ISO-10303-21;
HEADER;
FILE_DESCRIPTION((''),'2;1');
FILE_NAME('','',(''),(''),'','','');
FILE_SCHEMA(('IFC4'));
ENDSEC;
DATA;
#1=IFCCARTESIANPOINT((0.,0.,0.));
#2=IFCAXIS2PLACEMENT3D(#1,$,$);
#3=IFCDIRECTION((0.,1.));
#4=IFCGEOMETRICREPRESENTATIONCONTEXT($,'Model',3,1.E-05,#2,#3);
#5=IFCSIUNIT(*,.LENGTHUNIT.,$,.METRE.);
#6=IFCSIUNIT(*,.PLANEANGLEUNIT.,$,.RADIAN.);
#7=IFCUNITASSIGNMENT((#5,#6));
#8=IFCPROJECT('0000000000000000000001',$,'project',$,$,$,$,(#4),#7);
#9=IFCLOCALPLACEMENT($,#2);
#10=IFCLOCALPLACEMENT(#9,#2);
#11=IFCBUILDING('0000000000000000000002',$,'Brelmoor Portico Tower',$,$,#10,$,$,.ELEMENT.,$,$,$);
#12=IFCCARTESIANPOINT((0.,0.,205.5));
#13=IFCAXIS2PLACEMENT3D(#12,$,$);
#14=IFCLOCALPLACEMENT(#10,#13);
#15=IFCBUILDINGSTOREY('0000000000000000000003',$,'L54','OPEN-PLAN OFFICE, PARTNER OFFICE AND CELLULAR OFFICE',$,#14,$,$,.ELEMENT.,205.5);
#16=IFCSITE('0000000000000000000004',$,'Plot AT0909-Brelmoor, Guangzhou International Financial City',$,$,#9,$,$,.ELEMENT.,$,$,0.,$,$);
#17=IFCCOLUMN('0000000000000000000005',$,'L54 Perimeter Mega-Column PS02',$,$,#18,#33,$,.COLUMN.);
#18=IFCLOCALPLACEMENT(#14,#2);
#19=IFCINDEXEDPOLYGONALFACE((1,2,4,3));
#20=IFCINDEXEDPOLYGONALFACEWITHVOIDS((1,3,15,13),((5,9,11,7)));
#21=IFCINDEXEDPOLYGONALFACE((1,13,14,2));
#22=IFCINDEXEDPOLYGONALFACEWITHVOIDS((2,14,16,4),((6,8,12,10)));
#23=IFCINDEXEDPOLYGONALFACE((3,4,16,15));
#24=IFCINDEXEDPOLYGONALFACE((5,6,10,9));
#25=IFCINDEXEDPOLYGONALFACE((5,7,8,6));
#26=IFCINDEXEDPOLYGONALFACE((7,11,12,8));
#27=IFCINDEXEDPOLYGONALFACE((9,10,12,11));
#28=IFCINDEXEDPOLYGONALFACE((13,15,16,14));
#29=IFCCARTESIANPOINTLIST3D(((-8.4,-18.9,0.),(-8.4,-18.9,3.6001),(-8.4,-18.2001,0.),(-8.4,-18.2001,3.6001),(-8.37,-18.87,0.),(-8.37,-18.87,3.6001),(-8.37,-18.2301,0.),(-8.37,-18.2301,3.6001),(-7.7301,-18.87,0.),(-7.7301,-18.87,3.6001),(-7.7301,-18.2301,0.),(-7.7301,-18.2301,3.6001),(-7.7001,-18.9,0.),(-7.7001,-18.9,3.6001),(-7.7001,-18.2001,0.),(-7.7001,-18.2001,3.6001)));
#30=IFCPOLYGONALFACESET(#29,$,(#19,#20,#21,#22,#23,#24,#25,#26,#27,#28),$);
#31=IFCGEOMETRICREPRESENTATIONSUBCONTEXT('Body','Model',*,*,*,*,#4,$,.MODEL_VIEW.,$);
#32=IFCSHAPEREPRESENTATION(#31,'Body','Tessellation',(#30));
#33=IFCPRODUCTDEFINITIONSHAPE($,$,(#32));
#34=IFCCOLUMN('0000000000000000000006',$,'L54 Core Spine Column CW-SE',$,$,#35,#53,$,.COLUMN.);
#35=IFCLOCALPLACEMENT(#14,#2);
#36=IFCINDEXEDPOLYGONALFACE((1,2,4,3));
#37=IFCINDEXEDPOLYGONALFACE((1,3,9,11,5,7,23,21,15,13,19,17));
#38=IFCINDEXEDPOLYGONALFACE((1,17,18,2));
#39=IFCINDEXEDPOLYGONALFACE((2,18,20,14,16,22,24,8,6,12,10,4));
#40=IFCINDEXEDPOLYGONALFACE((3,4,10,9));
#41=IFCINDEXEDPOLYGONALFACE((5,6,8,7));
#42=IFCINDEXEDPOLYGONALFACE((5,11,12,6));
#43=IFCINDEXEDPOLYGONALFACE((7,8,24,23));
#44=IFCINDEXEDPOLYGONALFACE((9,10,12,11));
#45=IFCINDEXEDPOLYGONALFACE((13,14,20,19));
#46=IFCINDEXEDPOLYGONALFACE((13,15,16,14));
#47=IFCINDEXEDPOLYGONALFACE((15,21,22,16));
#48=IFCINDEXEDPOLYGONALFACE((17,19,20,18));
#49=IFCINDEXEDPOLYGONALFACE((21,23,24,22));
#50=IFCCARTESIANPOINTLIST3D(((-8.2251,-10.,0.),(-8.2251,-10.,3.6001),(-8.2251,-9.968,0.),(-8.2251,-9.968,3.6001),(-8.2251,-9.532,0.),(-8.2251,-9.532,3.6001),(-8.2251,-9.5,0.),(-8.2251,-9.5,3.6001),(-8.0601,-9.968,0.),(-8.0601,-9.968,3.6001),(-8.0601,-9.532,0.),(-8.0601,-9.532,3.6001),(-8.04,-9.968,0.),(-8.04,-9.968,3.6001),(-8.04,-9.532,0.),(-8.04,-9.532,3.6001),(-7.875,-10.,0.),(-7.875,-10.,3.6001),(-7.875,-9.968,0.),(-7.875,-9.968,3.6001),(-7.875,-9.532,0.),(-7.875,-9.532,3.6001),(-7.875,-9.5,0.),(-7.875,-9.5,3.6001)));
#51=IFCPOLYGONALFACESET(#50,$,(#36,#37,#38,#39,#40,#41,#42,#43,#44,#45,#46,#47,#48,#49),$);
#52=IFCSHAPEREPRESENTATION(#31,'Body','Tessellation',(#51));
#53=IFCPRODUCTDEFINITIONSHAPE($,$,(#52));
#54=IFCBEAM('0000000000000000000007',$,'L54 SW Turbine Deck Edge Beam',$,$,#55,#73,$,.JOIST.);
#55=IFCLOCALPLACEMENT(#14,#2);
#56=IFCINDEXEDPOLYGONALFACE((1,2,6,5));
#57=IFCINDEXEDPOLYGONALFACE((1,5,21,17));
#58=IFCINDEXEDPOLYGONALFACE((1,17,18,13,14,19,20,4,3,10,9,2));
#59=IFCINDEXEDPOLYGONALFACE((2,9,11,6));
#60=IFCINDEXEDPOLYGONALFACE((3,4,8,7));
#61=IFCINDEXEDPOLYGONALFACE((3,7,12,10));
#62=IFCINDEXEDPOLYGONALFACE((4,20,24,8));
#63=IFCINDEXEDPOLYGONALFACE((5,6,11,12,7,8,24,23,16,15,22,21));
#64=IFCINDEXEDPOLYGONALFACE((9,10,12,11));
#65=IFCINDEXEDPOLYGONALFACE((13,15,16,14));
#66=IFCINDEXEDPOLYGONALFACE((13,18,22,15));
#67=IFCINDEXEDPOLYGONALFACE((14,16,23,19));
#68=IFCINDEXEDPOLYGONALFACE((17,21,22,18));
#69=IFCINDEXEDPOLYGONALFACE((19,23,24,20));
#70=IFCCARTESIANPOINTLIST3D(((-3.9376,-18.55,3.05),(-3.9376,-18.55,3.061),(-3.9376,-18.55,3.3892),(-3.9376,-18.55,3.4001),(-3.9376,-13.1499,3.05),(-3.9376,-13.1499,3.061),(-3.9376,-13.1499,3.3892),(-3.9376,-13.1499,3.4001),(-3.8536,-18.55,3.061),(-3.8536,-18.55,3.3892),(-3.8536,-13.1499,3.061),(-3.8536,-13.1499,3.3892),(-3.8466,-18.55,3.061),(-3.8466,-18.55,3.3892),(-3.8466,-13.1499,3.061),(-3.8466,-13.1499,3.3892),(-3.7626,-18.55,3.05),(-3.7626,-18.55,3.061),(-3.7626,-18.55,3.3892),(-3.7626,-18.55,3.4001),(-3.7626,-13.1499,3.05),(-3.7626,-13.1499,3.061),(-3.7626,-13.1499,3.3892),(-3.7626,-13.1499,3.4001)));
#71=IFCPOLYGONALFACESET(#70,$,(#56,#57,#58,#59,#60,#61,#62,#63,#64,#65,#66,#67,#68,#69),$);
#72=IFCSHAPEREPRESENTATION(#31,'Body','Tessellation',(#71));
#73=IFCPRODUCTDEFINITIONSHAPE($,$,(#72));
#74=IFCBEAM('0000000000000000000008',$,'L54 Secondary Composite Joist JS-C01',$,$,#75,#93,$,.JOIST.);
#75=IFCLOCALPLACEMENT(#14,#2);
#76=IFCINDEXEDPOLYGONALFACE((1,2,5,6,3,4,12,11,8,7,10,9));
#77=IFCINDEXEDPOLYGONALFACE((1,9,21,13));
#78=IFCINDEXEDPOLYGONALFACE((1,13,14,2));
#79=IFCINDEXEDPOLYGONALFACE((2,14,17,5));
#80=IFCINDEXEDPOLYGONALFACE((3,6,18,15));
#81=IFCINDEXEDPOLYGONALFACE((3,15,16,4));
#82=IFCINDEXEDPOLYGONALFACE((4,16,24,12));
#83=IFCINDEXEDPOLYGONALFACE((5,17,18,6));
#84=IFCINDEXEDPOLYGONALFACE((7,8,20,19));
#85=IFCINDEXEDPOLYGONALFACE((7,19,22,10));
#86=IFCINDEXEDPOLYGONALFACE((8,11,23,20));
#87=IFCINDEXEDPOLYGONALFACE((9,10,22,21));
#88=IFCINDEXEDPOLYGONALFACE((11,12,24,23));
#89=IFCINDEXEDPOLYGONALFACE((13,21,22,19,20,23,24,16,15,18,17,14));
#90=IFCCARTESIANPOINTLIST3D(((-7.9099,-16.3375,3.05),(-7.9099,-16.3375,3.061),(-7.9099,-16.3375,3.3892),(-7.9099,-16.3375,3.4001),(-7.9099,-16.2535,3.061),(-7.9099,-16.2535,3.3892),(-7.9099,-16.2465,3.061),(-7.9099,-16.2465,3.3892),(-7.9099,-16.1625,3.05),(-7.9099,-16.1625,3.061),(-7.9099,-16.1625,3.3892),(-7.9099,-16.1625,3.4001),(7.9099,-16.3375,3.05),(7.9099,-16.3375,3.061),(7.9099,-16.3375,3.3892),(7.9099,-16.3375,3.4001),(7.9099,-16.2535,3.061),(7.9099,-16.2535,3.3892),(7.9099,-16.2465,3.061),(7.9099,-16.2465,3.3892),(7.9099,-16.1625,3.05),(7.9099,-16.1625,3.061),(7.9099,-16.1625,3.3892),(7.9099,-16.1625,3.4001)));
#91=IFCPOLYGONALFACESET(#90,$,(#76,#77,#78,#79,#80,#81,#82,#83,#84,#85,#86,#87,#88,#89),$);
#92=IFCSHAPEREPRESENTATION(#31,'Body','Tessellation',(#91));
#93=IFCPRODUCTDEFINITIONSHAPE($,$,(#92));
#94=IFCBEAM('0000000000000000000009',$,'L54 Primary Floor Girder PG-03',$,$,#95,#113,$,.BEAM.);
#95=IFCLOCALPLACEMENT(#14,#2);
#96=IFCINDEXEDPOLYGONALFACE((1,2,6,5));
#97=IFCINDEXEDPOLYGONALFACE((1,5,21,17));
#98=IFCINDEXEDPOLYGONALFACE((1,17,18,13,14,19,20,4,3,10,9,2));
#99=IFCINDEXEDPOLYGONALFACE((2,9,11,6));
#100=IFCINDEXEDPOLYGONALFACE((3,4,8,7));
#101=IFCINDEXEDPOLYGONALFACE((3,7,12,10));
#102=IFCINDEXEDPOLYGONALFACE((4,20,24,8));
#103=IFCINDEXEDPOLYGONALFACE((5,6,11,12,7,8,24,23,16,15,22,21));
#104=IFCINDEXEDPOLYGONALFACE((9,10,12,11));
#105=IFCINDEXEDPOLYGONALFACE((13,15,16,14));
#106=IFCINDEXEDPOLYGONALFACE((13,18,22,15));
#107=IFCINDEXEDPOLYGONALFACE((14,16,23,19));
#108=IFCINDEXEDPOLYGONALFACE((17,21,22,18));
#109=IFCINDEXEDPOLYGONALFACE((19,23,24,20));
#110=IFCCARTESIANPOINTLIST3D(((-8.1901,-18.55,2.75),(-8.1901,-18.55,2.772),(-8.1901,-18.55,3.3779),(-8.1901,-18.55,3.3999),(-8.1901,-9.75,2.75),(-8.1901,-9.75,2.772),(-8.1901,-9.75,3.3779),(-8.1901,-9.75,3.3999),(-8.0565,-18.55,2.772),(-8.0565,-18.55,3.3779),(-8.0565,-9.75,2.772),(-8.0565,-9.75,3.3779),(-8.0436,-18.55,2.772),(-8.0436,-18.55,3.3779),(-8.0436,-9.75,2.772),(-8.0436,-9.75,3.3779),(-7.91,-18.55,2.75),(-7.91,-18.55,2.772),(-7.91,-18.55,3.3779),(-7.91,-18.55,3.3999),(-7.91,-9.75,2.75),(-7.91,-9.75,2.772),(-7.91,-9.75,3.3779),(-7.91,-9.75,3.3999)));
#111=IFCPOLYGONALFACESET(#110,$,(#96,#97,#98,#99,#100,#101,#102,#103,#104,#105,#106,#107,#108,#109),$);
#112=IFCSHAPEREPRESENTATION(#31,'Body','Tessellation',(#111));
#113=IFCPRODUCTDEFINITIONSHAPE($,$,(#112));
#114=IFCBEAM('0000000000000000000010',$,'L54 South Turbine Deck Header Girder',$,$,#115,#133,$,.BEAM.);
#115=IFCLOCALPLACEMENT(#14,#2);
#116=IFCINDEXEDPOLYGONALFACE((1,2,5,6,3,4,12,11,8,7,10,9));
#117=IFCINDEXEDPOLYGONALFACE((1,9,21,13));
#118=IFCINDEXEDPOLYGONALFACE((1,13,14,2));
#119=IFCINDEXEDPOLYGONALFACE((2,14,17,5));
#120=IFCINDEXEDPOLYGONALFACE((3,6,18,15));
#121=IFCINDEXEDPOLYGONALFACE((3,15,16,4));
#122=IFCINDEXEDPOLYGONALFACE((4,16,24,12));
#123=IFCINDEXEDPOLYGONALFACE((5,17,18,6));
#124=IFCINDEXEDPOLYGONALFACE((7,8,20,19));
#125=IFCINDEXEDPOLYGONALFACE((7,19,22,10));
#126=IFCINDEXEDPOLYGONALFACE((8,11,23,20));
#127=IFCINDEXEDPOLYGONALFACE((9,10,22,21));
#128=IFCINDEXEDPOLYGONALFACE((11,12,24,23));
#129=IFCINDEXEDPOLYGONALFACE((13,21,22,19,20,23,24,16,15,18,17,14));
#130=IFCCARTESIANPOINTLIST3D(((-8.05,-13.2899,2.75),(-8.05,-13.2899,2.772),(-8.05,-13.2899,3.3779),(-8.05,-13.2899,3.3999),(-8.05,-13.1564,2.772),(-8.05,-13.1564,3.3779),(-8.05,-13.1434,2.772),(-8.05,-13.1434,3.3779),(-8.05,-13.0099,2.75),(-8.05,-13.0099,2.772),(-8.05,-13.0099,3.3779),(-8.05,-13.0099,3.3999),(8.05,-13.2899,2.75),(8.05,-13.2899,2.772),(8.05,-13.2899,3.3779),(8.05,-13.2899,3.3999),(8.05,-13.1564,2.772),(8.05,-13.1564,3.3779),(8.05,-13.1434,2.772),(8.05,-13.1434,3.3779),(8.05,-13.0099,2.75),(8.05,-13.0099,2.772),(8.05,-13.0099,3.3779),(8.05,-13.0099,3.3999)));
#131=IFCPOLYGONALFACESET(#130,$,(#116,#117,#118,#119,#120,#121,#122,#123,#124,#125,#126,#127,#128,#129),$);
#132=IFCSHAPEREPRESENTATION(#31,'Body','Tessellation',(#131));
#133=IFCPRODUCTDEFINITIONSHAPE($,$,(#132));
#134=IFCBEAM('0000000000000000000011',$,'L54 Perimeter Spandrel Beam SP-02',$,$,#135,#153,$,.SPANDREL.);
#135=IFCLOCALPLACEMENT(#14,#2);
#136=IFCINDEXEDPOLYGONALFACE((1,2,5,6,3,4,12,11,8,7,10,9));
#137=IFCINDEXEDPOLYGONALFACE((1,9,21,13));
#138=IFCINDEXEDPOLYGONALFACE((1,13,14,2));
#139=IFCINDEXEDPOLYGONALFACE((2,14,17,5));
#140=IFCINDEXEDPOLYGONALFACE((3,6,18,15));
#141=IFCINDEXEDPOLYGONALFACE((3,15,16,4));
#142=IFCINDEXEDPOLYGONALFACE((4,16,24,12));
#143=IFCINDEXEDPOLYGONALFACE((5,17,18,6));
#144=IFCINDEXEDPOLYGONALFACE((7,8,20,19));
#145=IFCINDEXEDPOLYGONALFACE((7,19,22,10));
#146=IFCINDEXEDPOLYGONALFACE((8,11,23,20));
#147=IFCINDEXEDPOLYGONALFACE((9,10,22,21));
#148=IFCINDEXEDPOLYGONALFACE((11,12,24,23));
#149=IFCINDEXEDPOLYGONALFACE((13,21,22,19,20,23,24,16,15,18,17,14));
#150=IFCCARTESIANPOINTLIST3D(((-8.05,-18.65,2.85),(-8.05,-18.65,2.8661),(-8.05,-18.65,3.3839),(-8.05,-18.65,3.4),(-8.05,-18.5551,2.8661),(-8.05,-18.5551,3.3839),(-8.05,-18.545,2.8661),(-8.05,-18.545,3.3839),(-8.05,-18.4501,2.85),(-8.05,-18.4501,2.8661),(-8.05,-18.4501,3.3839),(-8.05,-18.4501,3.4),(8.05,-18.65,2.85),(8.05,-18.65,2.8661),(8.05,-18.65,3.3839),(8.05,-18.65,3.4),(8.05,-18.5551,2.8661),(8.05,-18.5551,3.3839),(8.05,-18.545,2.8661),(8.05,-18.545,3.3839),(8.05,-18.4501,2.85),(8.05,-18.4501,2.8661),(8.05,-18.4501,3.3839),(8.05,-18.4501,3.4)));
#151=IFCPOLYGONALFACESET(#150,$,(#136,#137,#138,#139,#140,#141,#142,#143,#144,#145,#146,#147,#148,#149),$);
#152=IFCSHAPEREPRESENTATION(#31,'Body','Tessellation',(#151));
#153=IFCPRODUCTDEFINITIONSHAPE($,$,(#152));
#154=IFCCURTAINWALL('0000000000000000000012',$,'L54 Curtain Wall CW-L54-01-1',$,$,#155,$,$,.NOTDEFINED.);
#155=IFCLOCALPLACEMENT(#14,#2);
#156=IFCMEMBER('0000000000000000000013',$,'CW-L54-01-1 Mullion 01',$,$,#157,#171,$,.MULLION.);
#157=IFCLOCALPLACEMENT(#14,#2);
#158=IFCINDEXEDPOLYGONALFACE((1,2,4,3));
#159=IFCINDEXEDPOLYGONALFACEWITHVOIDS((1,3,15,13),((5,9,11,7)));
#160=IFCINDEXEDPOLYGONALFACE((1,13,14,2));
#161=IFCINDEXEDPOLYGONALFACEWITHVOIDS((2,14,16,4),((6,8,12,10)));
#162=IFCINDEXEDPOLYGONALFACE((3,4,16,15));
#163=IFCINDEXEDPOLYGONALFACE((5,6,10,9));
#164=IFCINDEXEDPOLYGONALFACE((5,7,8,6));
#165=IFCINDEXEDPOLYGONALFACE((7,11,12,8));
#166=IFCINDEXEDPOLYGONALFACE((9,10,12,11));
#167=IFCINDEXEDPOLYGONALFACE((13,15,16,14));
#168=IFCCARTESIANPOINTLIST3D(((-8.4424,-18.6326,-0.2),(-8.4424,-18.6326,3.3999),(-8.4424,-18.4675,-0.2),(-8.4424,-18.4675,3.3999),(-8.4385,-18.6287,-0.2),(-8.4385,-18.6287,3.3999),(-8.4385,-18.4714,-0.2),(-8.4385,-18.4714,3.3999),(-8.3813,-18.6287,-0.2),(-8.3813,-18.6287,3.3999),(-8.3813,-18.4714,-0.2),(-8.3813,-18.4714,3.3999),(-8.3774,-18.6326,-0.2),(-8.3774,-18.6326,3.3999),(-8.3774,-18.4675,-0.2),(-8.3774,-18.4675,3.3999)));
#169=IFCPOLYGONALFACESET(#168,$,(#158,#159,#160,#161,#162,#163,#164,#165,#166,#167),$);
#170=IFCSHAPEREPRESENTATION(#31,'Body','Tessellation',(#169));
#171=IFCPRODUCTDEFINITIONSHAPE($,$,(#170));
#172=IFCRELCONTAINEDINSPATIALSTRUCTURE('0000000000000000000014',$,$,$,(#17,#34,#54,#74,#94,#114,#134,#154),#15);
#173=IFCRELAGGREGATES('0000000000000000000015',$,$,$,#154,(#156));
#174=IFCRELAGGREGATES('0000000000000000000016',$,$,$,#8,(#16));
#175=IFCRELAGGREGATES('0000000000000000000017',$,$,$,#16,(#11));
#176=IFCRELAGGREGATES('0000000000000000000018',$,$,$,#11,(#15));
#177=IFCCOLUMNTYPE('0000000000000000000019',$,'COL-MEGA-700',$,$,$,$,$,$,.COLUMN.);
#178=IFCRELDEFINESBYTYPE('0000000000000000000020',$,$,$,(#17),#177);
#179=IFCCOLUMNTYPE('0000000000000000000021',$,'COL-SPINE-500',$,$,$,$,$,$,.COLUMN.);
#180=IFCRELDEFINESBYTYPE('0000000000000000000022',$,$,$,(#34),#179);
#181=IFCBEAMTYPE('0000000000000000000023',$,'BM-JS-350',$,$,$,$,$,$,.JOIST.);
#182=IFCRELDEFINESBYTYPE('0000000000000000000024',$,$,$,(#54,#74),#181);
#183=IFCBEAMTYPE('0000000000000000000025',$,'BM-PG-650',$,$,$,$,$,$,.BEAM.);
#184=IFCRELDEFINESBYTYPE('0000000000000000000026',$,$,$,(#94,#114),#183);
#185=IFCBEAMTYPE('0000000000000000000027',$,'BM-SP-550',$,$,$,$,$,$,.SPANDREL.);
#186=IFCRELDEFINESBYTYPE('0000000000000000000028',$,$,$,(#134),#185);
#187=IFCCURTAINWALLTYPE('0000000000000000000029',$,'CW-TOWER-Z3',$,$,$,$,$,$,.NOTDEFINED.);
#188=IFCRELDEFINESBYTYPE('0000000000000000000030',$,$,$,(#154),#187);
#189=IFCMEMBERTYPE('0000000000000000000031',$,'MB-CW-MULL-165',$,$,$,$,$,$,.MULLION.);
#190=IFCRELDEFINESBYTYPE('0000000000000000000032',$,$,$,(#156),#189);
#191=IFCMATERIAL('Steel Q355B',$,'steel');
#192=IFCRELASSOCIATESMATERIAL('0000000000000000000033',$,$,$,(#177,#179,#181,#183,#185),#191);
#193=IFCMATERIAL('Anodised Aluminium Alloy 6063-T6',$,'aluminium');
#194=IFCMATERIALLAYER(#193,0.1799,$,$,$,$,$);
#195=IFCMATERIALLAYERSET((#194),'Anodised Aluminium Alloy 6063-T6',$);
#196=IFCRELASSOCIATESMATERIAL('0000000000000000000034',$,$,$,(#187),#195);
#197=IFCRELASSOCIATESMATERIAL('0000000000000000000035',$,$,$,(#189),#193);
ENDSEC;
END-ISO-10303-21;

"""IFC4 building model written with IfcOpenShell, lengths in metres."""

from ifc_helpers import new_model, si_unit, direction, frame, origin, origin_2d, place, context, subcontext, project, spatial, hollow_rectangle, i_section, extrude, material, layer, layer_set, material_profile, profile_set, type_object, element, aggregate, save


model = new_model("IFC4")

# Units and contexts
model_context = context("Model", 3, precision=1e-05, world=origin(), true_north=direction((0.0, 1.0)))
body_context = subcontext(model_context, "Body", "Model", "MODEL_VIEW")
ifc_project = project(units=[si_unit("LENGTHUNIT", "METRE"), si_unit("PLANEANGLEUNIT", "RADIAN")], contexts=[model_context])

# Site, building, storey
site_placement = place(None, origin())
site = spatial("IfcSite", under=ifc_project, at=site_placement, Name="Plot AT0909-Brelmoor, Guangzhou International Financial City", CompositionType="ELEMENT", RefElevation=0.0)
building_placement = place(site_placement, origin())
building = spatial("IfcBuilding", under=site, at=building_placement, Name="Brelmoor Portico Tower", CompositionType="ELEMENT")
storey_placement = place(building_placement, frame((0.0, 0.0, 205.5)))
storey = spatial("IfcBuildingStorey", under=building, at=storey_placement, Name="L54", Description="OPEN-PLAN OFFICE, PARTNER OFFICE AND CELLULAR OFFICE", CompositionType="ELEMENT", Elevation=205.5)

# Columns
ifc_material_1 = material(Name="Steel Q355B", Category="steel")
ifc_material_profile_1 = material_profile(ifc_material_1, hollow_rectangle(XDim=0.7, YDim=0.7, WallThickness=0.03, at=origin_2d()), Name="BOX 700x700x30")
ifc_profile_set_1 = profile_set([ifc_material_profile_1], Name="Steel Q355B")
column_type_1 = type_object("IfcColumnType", Name="COL-MEGA-700", PredefinedType="COLUMN", material=ifc_profile_set_1)
column_1_placement = place(storey_placement, frame((-8.05, -18.55, 0.0), z_axis=(0.0, 0.0, 1.0), x_axis=(1.0, 0.0, 0.0)))
element("IfcColumn", 1, at=column_1_placement, inside=storey, type_object=column_type_1, Name="L54 Perimeter Mega-Column PS02", PredefinedType="COLUMN", context=body_context, shape_type="SweptSolid", body=[
    extrude(hollow_rectangle(XDim=0.7, YDim=0.7, WallThickness=0.03, at=origin_2d()), origin(), (0.0, 0.0, 1.0), 3.6001),
])
ifc_material_profile_2 = material_profile(ifc_material_1, i_section(OverallWidth=0.3501, OverallDepth=0.5, WebThickness=0.02, FlangeThickness=0.032, at=origin_2d()), Name="HW 500x350x20x32")
ifc_profile_set_2 = profile_set([ifc_material_profile_2], Name="Steel Q355B")
column_type_2 = type_object("IfcColumnType", Name="COL-SPINE-500", PredefinedType="COLUMN", material=ifc_profile_set_2)
column_2_placement = place(storey_placement, frame((-8.05, -9.75, 0.0), z_axis=(0.0, 0.0, 1.0), x_axis=(1.0, 0.0, 0.0)))
element("IfcColumn", 2, at=column_2_placement, inside=storey, type_object=column_type_2, Name="L54 Core Spine Column CW-SE", PredefinedType="COLUMN", context=body_context, shape_type="SweptSolid", body=[
    extrude(i_section(OverallWidth=0.3501, OverallDepth=0.5, WebThickness=0.02, FlangeThickness=0.032, at=origin_2d()), origin(), (0.0, 0.0, 1.0), 3.6001),
])

# Beams
ifc_material_profile_3 = material_profile(ifc_material_1, i_section(OverallWidth=0.175, OverallDepth=0.3501, WebThickness=0.0071, FlangeThickness=0.011, at=origin_2d()), Name="HN 350x175x7x11")
ifc_profile_set_3 = profile_set([ifc_material_profile_3], Name="Steel Q355B")
beam_type_1 = type_object("IfcBeamType", Name="BM-JS-350", PredefinedType="JOIST", material=ifc_profile_set_3)
beam_1_placement = place(storey_placement, frame((-3.8501, -18.55, 3.2251), z_axis=(0.0, 1.0, 0.0), x_axis=(-1.0, 0.0, 0.0)))
element("IfcBeam", 3, at=beam_1_placement, inside=storey, type_object=beam_type_1, Name="L54 SW Turbine Deck Edge Beam", PredefinedType="JOIST", context=body_context, shape_type="SweptSolid", body=[
    extrude(i_section(OverallWidth=0.175, OverallDepth=0.3501, WebThickness=0.0071, FlangeThickness=0.011, at=origin_2d()), origin(), (0.0, 0.0, 1.0), 5.4001),
])
beam_2_placement = place(storey_placement, frame((-7.9099, -16.25, 3.2251), z_axis=(1.0, 0.0, 0.0), x_axis=(0.0, 1.0, 0.0)))
element("IfcBeam", 4, at=beam_2_placement, inside=storey, type_object=beam_type_1, Name="L54 Secondary Composite Joist JS-C01", PredefinedType="JOIST", context=body_context, shape_type="SweptSolid", body=[
    extrude(i_section(OverallWidth=0.175, OverallDepth=0.3501, WebThickness=0.0071, FlangeThickness=0.011, at=origin_2d()), origin(), (0.0, 0.0, 1.0), 15.8198),
])
ifc_material_profile_4 = material_profile(ifc_material_1, i_section(OverallWidth=0.28, OverallDepth=0.6499, WebThickness=0.0129, FlangeThickness=0.022, at=origin_2d()), Name="HN 650x280x13x22")
ifc_profile_set_4 = profile_set([ifc_material_profile_4], Name="Steel Q355B")
beam_type_2 = type_object("IfcBeamType", Name="BM-PG-650", PredefinedType="BEAM", material=ifc_profile_set_4)
beam_3_placement = place(storey_placement, frame((-8.05, -18.55, 3.075), z_axis=(0.0, 1.0, 0.0), x_axis=(-1.0, 0.0, 0.0)))
element("IfcBeam", 5, at=beam_3_placement, inside=storey, type_object=beam_type_2, Name="L54 Primary Floor Girder PG-03", PredefinedType="BEAM", context=body_context, shape_type="SweptSolid", body=[
    extrude(i_section(OverallWidth=0.28, OverallDepth=0.6499, WebThickness=0.0129, FlangeThickness=0.022, at=origin_2d()), origin(), (0.0, 0.0, 1.0), 8.8),
])
beam_4_placement = place(storey_placement, frame((-8.05, -13.1499, 3.075), z_axis=(1.0, 0.0, 0.0), x_axis=(0.0, 1.0, 0.0)))
element("IfcBeam", 6, at=beam_4_placement, inside=storey, type_object=beam_type_2, Name="L54 South Turbine Deck Header Girder", PredefinedType="BEAM", context=body_context, shape_type="SweptSolid", body=[
    extrude(i_section(OverallWidth=0.28, OverallDepth=0.6499, WebThickness=0.0129, FlangeThickness=0.022, at=origin_2d()), origin(), (0.0, 0.0, 1.0), 16.1001),
])
ifc_material_profile_5 = material_profile(ifc_material_1, i_section(OverallWidth=0.2, OverallDepth=0.55, WebThickness=0.01, FlangeThickness=0.0161, at=origin_2d()), Name="HN 550x200x10x16")
ifc_profile_set_5 = profile_set([ifc_material_profile_5], Name="Steel Q355B")
beam_type_3 = type_object("IfcBeamType", Name="BM-SP-550", PredefinedType="SPANDREL", material=ifc_profile_set_5)
beam_5_placement = place(storey_placement, frame((-8.05, -18.55, 3.125), z_axis=(1.0, 0.0, 0.0), x_axis=(0.0, 1.0, 0.0)))
element("IfcBeam", 7, at=beam_5_placement, inside=storey, type_object=beam_type_3, Name="L54 Perimeter Spandrel Beam SP-02", PredefinedType="SPANDREL", context=body_context, shape_type="SweptSolid", body=[
    extrude(i_section(OverallWidth=0.2, OverallDepth=0.55, WebThickness=0.01, FlangeThickness=0.0161, at=origin_2d()), origin(), (0.0, 0.0, 1.0), 16.1001),
])

# Curtain wall, member
ifc_material_2 = material(Name="Anodised Aluminium Alloy 6063-T6", Category="aluminium")
ifc_layer_1 = layer(ifc_material_2, 0.1799)
ifc_layer_set_1 = layer_set([ifc_layer_1], Name="Anodised Aluminium Alloy 6063-T6")
curtain_wall_type = type_object("IfcCurtainWallType", Name="CW-TOWER-Z3", PredefinedType="NOTDEFINED", material=ifc_layer_set_1)
curtain_wall_1_placement = place(storey_placement, origin())
curtain_wall_1 = element("IfcCurtainWall", 8, at=curtain_wall_1_placement, inside=storey, type_object=curtain_wall_type, Name="L54 Curtain Wall CW-L54-01-1", PredefinedType="NOTDEFINED")
ifc_material_profile_6 = material_profile(ifc_material_2, hollow_rectangle(XDim=0.0649, YDim=0.165, WallThickness=0.0039, at=origin_2d()), Name="ALU MULLION 65x165")
ifc_profile_set_6 = profile_set([ifc_material_profile_6], Name="Anodised Aluminium Alloy 6063-T6")
member_type_1 = type_object("IfcMemberType", Name="MB-CW-MULL-165", PredefinedType="MULLION", material=ifc_profile_set_6)
member_1_placement = place(storey_placement, frame((-8.4099, -18.55, -0.2), z_axis=(0.0, 0.0, 1.0), x_axis=(1.0, 0.0, 0.0)))
member_1 = element("IfcMember", 9, at=member_1_placement, type_object=member_type_1, Name="CW-L54-01-1 Mullion 01", PredefinedType="MULLION", context=body_context, shape_type="SweptSolid", body=[
    extrude(hollow_rectangle(XDim=0.0649, YDim=0.165, WallThickness=0.0039, at=origin_2d()), origin(), (0.0, 0.0, 1.0), 3.5999),
])

aggregate(curtain_wall_1, [member_1])

save(model, "model.ifc")
